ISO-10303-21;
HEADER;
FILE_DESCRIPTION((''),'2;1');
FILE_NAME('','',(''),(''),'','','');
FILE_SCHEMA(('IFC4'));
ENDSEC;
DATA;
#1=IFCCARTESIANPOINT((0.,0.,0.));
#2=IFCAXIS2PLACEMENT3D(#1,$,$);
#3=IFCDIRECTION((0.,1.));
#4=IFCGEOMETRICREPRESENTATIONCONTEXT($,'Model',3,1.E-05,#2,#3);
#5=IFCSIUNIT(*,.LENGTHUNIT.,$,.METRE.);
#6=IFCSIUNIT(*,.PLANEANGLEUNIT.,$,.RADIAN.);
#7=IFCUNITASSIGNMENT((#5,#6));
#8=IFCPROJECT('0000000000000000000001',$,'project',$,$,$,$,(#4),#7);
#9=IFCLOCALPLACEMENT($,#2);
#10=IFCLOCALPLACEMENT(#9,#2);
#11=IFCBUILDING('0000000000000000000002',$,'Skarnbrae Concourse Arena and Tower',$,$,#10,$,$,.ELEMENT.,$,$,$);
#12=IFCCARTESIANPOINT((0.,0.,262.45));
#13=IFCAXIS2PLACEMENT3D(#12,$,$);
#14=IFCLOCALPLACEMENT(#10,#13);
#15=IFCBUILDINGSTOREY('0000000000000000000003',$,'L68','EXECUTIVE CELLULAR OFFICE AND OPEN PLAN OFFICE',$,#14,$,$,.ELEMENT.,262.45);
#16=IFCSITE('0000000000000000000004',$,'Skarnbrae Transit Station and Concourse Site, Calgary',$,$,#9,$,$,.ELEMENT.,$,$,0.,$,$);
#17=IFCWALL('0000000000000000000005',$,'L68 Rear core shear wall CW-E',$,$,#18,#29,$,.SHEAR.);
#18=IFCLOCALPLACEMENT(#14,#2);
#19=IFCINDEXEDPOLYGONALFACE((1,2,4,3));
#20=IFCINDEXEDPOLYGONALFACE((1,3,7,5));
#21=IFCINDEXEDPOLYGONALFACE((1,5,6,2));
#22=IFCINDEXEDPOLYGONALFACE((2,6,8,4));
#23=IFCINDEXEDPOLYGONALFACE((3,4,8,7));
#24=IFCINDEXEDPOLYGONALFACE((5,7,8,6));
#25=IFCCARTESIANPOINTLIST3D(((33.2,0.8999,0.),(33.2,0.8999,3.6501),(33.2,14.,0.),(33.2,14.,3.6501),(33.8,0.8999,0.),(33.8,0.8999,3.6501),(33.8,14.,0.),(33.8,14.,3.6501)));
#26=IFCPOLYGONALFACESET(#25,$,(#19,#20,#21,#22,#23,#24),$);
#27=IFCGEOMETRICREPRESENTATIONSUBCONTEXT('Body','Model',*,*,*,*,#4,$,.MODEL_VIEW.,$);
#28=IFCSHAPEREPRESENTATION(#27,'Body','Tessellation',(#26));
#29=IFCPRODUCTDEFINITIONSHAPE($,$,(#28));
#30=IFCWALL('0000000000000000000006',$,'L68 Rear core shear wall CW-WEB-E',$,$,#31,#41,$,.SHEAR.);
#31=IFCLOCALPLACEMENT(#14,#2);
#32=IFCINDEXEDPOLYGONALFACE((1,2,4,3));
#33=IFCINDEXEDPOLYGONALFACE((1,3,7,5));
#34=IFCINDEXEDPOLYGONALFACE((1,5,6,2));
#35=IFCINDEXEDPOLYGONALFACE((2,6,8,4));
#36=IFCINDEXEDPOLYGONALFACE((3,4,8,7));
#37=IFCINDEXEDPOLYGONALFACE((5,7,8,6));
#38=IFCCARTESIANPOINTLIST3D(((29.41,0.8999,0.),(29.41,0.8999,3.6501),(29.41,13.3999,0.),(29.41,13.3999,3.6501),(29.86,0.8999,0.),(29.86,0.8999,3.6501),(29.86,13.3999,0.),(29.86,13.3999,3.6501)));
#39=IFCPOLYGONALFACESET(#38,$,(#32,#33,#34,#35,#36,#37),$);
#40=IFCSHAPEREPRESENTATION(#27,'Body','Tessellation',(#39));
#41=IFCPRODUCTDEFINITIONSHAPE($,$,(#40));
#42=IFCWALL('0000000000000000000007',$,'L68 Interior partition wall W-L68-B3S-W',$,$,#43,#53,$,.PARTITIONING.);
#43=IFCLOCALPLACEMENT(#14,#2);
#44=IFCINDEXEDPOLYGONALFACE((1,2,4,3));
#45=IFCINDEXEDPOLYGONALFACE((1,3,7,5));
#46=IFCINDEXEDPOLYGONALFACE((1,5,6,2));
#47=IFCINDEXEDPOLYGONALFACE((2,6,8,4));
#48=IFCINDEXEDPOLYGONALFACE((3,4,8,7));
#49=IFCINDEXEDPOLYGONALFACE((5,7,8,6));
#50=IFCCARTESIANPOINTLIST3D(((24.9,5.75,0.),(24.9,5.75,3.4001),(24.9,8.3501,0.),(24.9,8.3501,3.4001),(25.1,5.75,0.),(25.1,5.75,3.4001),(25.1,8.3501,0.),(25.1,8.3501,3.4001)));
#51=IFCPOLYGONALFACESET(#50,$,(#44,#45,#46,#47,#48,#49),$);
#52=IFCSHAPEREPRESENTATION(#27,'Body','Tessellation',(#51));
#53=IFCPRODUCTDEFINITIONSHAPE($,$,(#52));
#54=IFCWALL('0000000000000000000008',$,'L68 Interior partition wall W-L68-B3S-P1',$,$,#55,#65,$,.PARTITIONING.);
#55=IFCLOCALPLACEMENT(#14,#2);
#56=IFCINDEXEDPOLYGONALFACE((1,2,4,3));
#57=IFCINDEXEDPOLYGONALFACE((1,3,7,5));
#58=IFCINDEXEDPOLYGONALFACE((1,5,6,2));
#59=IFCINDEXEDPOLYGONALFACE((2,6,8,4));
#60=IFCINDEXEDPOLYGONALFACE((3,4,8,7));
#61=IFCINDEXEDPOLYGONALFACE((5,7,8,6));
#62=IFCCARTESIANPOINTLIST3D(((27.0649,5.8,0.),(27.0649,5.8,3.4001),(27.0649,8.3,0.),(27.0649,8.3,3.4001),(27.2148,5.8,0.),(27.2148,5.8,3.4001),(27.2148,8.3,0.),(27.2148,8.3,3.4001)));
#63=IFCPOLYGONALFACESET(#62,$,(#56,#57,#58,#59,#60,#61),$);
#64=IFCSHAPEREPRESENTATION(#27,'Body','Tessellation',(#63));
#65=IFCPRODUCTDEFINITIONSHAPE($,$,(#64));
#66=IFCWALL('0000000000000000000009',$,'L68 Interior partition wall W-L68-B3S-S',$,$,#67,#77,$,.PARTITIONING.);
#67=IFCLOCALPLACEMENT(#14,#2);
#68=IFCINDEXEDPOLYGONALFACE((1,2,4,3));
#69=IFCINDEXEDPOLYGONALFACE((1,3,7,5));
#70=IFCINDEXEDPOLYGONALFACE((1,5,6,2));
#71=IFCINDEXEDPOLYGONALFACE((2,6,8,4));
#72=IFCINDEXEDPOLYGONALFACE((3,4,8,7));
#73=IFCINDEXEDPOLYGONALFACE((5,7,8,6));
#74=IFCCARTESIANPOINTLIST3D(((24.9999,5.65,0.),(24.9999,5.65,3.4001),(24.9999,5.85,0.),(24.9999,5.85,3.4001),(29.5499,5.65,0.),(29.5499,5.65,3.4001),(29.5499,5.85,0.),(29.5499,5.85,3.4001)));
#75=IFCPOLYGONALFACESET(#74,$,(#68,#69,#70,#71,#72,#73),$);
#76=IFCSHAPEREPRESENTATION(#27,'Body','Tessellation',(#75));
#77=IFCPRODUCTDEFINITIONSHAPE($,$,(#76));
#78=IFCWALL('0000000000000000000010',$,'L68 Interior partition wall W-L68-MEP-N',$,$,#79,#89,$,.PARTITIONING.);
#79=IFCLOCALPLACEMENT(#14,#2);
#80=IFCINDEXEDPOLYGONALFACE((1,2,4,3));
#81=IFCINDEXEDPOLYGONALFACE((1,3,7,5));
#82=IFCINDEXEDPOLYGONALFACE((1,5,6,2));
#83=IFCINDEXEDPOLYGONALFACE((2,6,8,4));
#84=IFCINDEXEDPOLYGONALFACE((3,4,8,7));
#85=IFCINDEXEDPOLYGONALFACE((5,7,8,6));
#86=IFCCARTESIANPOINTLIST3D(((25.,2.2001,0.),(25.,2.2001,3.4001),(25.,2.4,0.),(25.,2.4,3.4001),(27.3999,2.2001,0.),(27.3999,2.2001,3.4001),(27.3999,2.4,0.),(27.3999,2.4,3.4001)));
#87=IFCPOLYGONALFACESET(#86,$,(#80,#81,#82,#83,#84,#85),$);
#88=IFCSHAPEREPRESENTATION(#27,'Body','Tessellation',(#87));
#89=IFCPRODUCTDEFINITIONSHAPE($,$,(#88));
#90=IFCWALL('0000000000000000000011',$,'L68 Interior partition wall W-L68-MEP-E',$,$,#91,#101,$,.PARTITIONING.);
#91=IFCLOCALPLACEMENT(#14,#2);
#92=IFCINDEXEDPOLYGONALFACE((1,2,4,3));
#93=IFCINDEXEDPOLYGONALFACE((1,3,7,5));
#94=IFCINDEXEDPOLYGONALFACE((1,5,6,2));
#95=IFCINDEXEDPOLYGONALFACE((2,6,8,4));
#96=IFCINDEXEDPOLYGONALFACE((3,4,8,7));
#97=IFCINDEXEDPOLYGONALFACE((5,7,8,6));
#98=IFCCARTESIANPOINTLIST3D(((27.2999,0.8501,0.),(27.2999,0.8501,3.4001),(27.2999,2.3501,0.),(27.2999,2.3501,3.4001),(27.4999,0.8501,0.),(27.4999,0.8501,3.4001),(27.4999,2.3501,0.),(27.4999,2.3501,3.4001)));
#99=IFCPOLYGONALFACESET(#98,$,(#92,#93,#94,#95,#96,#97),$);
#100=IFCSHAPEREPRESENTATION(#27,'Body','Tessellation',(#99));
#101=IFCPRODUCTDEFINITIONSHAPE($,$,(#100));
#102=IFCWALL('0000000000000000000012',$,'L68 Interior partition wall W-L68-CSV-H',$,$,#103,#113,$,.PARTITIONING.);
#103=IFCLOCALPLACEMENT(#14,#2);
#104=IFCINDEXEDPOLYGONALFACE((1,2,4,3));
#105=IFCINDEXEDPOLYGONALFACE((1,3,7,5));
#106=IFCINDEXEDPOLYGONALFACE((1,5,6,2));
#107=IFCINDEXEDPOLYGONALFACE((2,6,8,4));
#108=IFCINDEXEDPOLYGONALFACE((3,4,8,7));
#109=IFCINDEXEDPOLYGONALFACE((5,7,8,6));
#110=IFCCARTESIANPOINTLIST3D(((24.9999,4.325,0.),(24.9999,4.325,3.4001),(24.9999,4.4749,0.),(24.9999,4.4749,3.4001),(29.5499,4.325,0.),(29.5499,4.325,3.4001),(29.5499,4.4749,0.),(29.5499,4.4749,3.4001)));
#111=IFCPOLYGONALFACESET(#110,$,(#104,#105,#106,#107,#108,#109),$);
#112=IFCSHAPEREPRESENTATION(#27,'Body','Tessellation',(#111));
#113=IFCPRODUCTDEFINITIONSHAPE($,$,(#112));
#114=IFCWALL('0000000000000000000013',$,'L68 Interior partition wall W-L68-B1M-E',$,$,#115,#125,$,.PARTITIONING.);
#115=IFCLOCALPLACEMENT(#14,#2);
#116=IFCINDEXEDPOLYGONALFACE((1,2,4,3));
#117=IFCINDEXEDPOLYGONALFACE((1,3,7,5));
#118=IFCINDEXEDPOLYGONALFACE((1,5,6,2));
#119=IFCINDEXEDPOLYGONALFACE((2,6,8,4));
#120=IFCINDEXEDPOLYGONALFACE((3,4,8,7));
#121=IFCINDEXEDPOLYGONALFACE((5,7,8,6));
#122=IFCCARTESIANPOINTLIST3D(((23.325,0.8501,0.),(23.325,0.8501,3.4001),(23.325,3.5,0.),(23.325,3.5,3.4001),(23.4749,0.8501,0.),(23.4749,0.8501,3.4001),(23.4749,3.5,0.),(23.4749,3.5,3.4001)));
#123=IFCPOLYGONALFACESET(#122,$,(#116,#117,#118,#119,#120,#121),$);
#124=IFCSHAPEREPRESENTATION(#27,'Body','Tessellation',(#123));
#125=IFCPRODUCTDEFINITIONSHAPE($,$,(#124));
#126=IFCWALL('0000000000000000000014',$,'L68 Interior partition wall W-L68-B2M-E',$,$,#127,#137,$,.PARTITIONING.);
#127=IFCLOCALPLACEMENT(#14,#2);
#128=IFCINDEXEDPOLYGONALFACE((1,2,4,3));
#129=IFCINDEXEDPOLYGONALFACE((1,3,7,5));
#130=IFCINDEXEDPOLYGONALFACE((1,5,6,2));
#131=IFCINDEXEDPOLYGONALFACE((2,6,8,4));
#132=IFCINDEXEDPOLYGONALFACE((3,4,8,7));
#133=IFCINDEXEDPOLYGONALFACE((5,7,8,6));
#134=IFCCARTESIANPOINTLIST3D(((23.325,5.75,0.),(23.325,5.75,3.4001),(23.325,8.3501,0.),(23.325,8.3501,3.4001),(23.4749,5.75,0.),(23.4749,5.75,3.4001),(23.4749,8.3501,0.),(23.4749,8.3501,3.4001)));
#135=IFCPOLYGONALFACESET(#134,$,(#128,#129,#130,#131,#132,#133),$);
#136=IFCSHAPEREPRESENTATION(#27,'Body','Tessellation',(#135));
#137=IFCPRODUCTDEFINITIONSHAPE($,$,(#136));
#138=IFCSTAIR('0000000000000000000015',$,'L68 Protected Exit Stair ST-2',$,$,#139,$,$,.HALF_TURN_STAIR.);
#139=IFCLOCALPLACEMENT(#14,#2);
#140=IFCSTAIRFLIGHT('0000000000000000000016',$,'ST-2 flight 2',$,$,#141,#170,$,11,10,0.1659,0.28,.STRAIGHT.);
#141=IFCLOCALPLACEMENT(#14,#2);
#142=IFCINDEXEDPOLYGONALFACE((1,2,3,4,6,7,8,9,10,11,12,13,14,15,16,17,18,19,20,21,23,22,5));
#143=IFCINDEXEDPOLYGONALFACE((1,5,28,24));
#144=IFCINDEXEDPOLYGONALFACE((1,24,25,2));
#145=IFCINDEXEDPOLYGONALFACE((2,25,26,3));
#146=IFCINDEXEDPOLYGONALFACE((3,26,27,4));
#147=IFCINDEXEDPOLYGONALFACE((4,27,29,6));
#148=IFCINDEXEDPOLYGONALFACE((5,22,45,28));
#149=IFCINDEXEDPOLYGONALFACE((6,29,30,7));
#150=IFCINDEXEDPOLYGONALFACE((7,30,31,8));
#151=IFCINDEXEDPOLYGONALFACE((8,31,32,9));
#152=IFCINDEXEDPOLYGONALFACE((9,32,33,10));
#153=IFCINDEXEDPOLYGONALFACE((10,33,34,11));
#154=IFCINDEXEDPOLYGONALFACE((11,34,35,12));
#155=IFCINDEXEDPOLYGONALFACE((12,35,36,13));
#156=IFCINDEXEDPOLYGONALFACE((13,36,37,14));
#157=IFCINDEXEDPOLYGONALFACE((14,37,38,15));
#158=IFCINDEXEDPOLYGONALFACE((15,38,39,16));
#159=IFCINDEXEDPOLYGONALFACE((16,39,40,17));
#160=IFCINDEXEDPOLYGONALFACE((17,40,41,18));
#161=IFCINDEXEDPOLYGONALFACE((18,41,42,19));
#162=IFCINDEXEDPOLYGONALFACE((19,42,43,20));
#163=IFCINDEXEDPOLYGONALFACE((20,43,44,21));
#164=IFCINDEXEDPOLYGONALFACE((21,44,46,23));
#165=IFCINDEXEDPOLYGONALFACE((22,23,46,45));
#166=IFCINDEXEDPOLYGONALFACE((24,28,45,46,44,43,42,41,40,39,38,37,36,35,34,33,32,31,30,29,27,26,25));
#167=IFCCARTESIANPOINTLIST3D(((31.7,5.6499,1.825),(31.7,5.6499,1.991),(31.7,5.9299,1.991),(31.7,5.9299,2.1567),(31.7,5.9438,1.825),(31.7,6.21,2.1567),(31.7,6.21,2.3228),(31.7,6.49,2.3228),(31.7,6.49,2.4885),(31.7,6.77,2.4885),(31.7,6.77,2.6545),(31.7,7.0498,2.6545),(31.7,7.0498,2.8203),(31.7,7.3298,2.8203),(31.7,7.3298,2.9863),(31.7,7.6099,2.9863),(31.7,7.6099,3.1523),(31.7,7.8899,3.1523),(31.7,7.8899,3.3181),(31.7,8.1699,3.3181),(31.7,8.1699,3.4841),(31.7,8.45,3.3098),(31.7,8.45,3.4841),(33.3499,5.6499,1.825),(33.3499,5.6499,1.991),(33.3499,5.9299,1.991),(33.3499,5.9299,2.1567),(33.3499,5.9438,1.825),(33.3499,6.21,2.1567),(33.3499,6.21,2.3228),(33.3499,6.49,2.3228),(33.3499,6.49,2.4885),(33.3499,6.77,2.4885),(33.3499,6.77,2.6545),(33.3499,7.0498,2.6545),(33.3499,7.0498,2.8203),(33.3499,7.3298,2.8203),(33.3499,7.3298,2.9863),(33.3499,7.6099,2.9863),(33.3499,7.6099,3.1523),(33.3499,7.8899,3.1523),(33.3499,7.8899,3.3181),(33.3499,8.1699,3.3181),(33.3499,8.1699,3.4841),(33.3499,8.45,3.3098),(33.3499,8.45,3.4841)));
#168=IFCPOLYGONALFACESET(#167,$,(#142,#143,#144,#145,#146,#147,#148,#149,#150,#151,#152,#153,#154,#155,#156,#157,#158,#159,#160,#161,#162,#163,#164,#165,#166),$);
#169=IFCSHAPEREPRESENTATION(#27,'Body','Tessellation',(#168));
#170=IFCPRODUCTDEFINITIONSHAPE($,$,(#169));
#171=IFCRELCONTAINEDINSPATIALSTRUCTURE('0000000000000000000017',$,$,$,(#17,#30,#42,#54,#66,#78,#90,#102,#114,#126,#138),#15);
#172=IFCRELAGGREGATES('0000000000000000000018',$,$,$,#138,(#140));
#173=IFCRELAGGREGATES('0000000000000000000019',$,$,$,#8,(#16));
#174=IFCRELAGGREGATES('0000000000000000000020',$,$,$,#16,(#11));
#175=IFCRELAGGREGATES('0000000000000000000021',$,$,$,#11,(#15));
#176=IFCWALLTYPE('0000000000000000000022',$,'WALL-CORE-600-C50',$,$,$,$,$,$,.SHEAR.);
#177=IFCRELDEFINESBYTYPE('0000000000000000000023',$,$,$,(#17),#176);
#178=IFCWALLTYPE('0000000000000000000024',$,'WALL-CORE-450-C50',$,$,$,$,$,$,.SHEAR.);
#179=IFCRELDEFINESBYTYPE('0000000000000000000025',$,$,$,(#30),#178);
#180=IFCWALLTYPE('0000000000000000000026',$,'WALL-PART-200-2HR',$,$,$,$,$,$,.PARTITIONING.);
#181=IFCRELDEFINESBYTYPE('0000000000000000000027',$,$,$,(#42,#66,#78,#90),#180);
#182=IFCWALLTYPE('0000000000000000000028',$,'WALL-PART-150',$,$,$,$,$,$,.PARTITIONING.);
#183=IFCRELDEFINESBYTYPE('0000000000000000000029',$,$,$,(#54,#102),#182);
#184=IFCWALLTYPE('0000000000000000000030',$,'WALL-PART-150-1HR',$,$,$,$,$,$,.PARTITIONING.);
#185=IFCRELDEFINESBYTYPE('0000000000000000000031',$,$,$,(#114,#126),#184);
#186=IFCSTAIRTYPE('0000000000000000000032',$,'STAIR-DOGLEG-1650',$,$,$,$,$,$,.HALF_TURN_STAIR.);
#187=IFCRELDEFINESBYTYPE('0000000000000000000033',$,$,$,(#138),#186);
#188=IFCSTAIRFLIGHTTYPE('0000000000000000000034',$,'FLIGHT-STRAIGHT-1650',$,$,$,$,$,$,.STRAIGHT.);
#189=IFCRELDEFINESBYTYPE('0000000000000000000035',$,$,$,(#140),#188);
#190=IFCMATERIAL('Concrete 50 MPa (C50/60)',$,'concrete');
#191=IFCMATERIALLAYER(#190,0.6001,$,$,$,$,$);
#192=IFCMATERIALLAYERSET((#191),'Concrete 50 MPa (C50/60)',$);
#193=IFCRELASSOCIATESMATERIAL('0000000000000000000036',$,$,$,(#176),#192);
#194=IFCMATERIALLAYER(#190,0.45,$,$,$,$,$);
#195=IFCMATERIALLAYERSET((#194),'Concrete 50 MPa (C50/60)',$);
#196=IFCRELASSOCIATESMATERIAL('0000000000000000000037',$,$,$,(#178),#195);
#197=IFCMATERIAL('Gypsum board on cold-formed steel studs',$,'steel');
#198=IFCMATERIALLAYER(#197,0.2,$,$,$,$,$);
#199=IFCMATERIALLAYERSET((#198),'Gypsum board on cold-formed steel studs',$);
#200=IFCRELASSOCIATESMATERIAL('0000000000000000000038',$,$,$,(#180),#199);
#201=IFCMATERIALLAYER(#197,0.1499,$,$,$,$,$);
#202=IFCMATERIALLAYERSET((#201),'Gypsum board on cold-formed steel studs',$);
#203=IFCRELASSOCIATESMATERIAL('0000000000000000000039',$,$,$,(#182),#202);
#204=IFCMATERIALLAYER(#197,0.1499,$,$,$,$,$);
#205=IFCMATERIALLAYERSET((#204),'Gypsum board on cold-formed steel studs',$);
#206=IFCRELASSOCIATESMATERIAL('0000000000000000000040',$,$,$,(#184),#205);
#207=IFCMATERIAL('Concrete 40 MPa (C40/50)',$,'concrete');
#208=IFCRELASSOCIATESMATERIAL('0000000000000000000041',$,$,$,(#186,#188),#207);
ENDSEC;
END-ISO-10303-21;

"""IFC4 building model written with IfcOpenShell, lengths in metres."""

from ifc_helpers import new_model, si_unit, direction, frame, frame_2d, origin, place, context, subcontext, project, spatial, polyline, rectangle, outline, extrude, source, transform, mapped, material, layer, layer_set, type_object, element, aggregate, save


model = new_model("IFC4")

# Units and contexts
model_context = context("Model", 3, precision=1e-05, world=origin(), true_north=direction((0.0, 1.0)))
body_context = subcontext(model_context, "Body", "Model", "MODEL_VIEW")
ifc_project = project(units=[si_unit("LENGTHUNIT", "METRE"), si_unit("PLANEANGLEUNIT", "RADIAN")], contexts=[model_context])

# Site, building, storey
site_placement = place(None, origin())
site = spatial("IfcSite", under=ifc_project, at=site_placement, Name="Skarnbrae Transit Station and Concourse Site, Calgary", CompositionType="ELEMENT", RefElevation=0.0)
building_placement = place(site_placement, origin())
building = spatial("IfcBuilding", under=site, at=building_placement, Name="Skarnbrae Concourse Arena and Tower", CompositionType="ELEMENT")
storey_placement = place(building_placement, frame((0.0, 0.0, 262.45)))
storey = spatial("IfcBuildingStorey", under=building, at=storey_placement, Name="L68", Description="EXECUTIVE CELLULAR OFFICE AND OPEN PLAN OFFICE", CompositionType="ELEMENT", Elevation=262.45)

# Walls
ifc_material_1 = material(Name="Concrete 50 MPa (C50/60)", Category="concrete")
ifc_layer_1 = layer(ifc_material_1, 0.6001)
ifc_layer_set_1 = layer_set([ifc_layer_1], Name="Concrete 50 MPa (C50/60)")
wall_type_1 = type_object("IfcWallType", Name="WALL-CORE-600-C50", PredefinedType="SHEAR", material=ifc_layer_set_1)
shared_shape_1 = source(origin(), body_context, "Body", "SweptSolid", [
    extrude(rectangle(XDim=13.1001, YDim=0.6001, at=frame_2d((6.55, 0.0))), origin(), (0.0, 0.0, 1.0), 3.6501),
])
wall_1_placement = place(storey_placement, frame((33.5, 0.8999, 0.0), z_axis=(0.0, 0.0, 1.0), x_axis=(0.0, 1.0, 0.0)))
element("IfcWall", 1, at=wall_1_placement, inside=storey, type_object=wall_type_1, Name="L68 Rear core shear wall CW-E", PredefinedType="SHEAR", context=body_context, shape_type="MappedRepresentation", body=[
    mapped(shared_shape_1, transform((0.0, 0.0, 0.0))),
])
ifc_layer_2 = layer(ifc_material_1, 0.45)
ifc_layer_set_2 = layer_set([ifc_layer_2], Name="Concrete 50 MPa (C50/60)")
wall_type_2 = type_object("IfcWallType", Name="WALL-CORE-450-C50", PredefinedType="SHEAR", material=ifc_layer_set_2)
shared_shape_2 = source(origin(), body_context, "Body", "SweptSolid", [
    extrude(rectangle(XDim=12.5, YDim=0.45, at=frame_2d((6.25, 0.0))), origin(), (0.0, 0.0, 1.0), 3.6501),
])
wall_2_placement = place(storey_placement, frame((29.635, 0.8999, 0.0), z_axis=(0.0, 0.0, 1.0), x_axis=(0.0, 1.0, 0.0)))
element("IfcWall", 2, at=wall_2_placement, inside=storey, type_object=wall_type_2, Name="L68 Rear core shear wall CW-WEB-E", PredefinedType="SHEAR", context=body_context, shape_type="MappedRepresentation", body=[
    mapped(shared_shape_2, transform((0.0, 0.0, 0.0))),
])
ifc_material_2 = material(Name="Gypsum board on cold-formed steel studs", Category="steel")
ifc_layer_3 = layer(ifc_material_2, 0.2)
ifc_layer_set_3 = layer_set([ifc_layer_3], Name="Gypsum board on cold-formed steel studs")
wall_type_3 = type_object("IfcWallType", Name="WALL-PART-200-2HR", PredefinedType="PARTITIONING", material=ifc_layer_set_3)
shared_shape_3 = source(origin(), body_context, "Body", "SweptSolid", [
    extrude(rectangle(XDim=2.6001, YDim=0.2, at=frame_2d((1.3, 0.0))), origin(), (0.0, 0.0, 1.0), 3.4001),
])
wall_3_placement = place(storey_placement, frame((25.0, 5.75, 0.0), z_axis=(0.0, 0.0, 1.0), x_axis=(0.0, 1.0, 0.0)))
element("IfcWall", 3, at=wall_3_placement, inside=storey, type_object=wall_type_3, Name="L68 Interior partition wall W-L68-B3S-W", PredefinedType="PARTITIONING", context=body_context, shape_type="MappedRepresentation", body=[
    mapped(shared_shape_3, transform((0.0, 0.0, 0.0))),
])
ifc_layer_4 = layer(ifc_material_2, 0.1499)
ifc_layer_set_4 = layer_set([ifc_layer_4], Name="Gypsum board on cold-formed steel studs")
wall_type_4 = type_object("IfcWallType", Name="WALL-PART-150", PredefinedType="PARTITIONING", material=ifc_layer_set_4)
shared_shape_4 = source(origin(), body_context, "Body", "SweptSolid", [
    extrude(rectangle(XDim=2.5, YDim=0.1499, at=frame_2d((1.25, 0.0))), origin(), (0.0, 0.0, 1.0), 3.4001),
])
wall_4_placement = place(storey_placement, frame((27.1399, 5.8, 0.0), z_axis=(0.0, 0.0, 1.0), x_axis=(0.0, 1.0, 0.0)))
element("IfcWall", 4, at=wall_4_placement, inside=storey, type_object=wall_type_4, Name="L68 Interior partition wall W-L68-B3S-P1", PredefinedType="PARTITIONING", context=body_context, shape_type="MappedRepresentation", body=[
    mapped(shared_shape_4, transform((0.0, 0.0, 0.0))),
])

# Shared definitions
shared_shape_5 = source(origin(), body_context, "Body", "SweptSolid", [
    extrude(rectangle(XDim=4.55, YDim=0.2, at=frame_2d((2.2749, 0.0))), origin(), (0.0, 0.0, 1.0), 3.4001),
])

# Wall
wall_5_placement = place(storey_placement, frame((25.0, 5.75, 0.0), z_axis=(0.0, 0.0, 1.0), x_axis=(1.0, 0.0, 0.0)))
element("IfcWall", 5, at=wall_5_placement, inside=storey, type_object=wall_type_3, Name="L68 Interior partition wall W-L68-B3S-S", PredefinedType="PARTITIONING", context=body_context, shape_type="MappedRepresentation", body=[
    mapped(shared_shape_5, transform((0.0, 0.0, 0.0))),
])

# Shared definitions
ifc_layer_5 = layer(ifc_material_2, 0.1499)
ifc_layer_set_5 = layer_set([ifc_layer_5], Name="Gypsum board on cold-formed steel studs")
wall_type_5 = type_object("IfcWallType", Name="WALL-PART-150-1HR", PredefinedType="PARTITIONING", material=ifc_layer_set_5)

# Walls
shared_shape_6 = source(origin(), body_context, "Body", "SweptSolid", [
    extrude(rectangle(XDim=2.3999, YDim=0.2, at=frame_2d((1.2, 0.0))), origin(), (0.0, 0.0, 1.0), 3.4001),
])
wall_6_placement = place(storey_placement, frame((25.0, 2.3, 0.0), z_axis=(0.0, 0.0, 1.0), x_axis=(1.0, 0.0, 0.0)))
element("IfcWall", 6, at=wall_6_placement, inside=storey, type_object=wall_type_3, Name="L68 Interior partition wall W-L68-MEP-N", PredefinedType="PARTITIONING", context=body_context, shape_type="MappedRepresentation", body=[
    mapped(shared_shape_6, transform((0.0, 0.0, 0.0))),
])
shared_shape_7 = source(origin(), body_context, "Body", "SweptSolid", [
    extrude(rectangle(XDim=1.5, YDim=0.2, at=frame_2d((0.75, 0.0))), origin(), (0.0, 0.0, 1.0), 3.4001),
])
wall_7_placement = place(storey_placement, frame((27.3999, 0.8501, 0.0), z_axis=(0.0, 0.0, 1.0), x_axis=(0.0, 1.0, 0.0)))
element("IfcWall", 7, at=wall_7_placement, inside=storey, type_object=wall_type_3, Name="L68 Interior partition wall W-L68-MEP-E", PredefinedType="PARTITIONING", context=body_context, shape_type="MappedRepresentation", body=[
    mapped(shared_shape_7, transform((0.0, 0.0, 0.0))),
])
shared_shape_8 = source(origin(), body_context, "Body", "SweptSolid", [
    extrude(rectangle(XDim=4.55, YDim=0.1499, at=frame_2d((2.2749, 0.0))), origin(), (0.0, 0.0, 1.0), 3.4001),
])
wall_8_placement = place(storey_placement, frame((25.0, 4.3999, 0.0), z_axis=(0.0, 0.0, 1.0), x_axis=(1.0, 0.0, 0.0)))
element("IfcWall", 8, at=wall_8_placement, inside=storey, type_object=wall_type_4, Name="L68 Interior partition wall W-L68-CSV-H", PredefinedType="PARTITIONING", context=body_context, shape_type="MappedRepresentation", body=[
    mapped(shared_shape_8, transform((0.0, 0.0, 0.0))),
])
shared_shape_9 = source(origin(), body_context, "Body", "SweptSolid", [
    extrude(rectangle(XDim=2.6499, YDim=0.1499, at=frame_2d((1.325, 0.0))), origin(), (0.0, 0.0, 1.0), 3.4001),
])
wall_9_placement = place(storey_placement, frame((23.3999, 0.8501, 0.0), z_axis=(0.0, 0.0, 1.0), x_axis=(0.0, 1.0, 0.0)))
element("IfcWall", 9, at=wall_9_placement, inside=storey, type_object=wall_type_5, Name="L68 Interior partition wall W-L68-B1M-E", PredefinedType="PARTITIONING", context=body_context, shape_type="MappedRepresentation", body=[
    mapped(shared_shape_9, transform((0.0, 0.0, 0.0))),
])
shared_shape_10 = source(origin(), body_context, "Body", "SweptSolid", [
    extrude(rectangle(XDim=2.6001, YDim=0.1499, at=frame_2d((1.3, 0.0))), origin(), (0.0, 0.0, 1.0), 3.4001),
])
wall_10_placement = place(storey_placement, frame((23.3999, 5.75, 0.0), z_axis=(0.0, 0.0, 1.0), x_axis=(0.0, 1.0, 0.0)))
element("IfcWall", 10, at=wall_10_placement, inside=storey, type_object=wall_type_5, Name="L68 Interior partition wall W-L68-B2M-E", PredefinedType="PARTITIONING", context=body_context, shape_type="MappedRepresentation", body=[
    mapped(shared_shape_10, transform((0.0, 0.0, 0.0))),
])

# Stair, stair flight
ifc_material_3 = material(Name="Concrete 40 MPa (C40/50)", Category="concrete")
stair_type = type_object("IfcStairType", Name="STAIR-DOGLEG-1650", PredefinedType="HALF_TURN_STAIR", material=ifc_material_3)
stair_placement = place(storey_placement, origin())
stair = element("IfcStair", 11, at=stair_placement, inside=storey, type_object=stair_type, Name="L68 Protected Exit Stair ST-2", PredefinedType="HALF_TURN_STAIR")
stair_flight_type = type_object("IfcStairFlightType", Name="FLIGHT-STRAIGHT-1650", PredefinedType="STRAIGHT", material=ifc_material_3)
shared_shape_11 = source(origin(), body_context, "Body", "SweptSolid", [
    extrude(outline(polyline([(0.0, 0.0), (0.0, 0.166), (0.28, 0.166), (0.28, 0.3318), (0.5601, 0.3318), (0.5601, 0.4978), (0.8401, 0.4978), (0.8401, 0.6636), (1.1201, 0.6636), (1.1201, 0.8296), (1.3999, 0.8296), (1.3999, 0.9954), (1.6799, 0.9954), (1.6799, 1.1614), (1.96, 1.1614), (1.96, 1.3274), (2.24, 1.3274), (2.24, 1.4932), (2.52, 1.4932), (2.52, 1.6592), (2.8, 1.6592), (2.8, 1.825), (2.8, 1.4849), (0.2939, 0.0), (0.0, 0.0)])), frame((0.0, 0.825, 0.0), z_axis=(0.0, -1.0, 0.0), x_axis=(1.0, 0.0, 0.0)), (0.0, 0.0, 1.0), 1.6499),
])
stair_flight_placement = place(storey_placement, frame((32.5249, 5.6499, 1.825), z_axis=(0.0, 0.0, 1.0), x_axis=(0.0, 1.0, 0.0)))
stair_flight = element("IfcStairFlight", 12, at=stair_flight_placement, type_object=stair_flight_type, Name="ST-2 flight 2", NumberOfRisers=11, NumberOfTreads=10, PredefinedType="STRAIGHT", RiserHeight=0.1659, TreadLength=0.28, context=body_context, shape_type="MappedRepresentation", body=[
    mapped(shared_shape_11, transform((0.0, 0.0, 0.0))),
])
aggregate(stair, [stair_flight])

save(model, "model.ifc")
